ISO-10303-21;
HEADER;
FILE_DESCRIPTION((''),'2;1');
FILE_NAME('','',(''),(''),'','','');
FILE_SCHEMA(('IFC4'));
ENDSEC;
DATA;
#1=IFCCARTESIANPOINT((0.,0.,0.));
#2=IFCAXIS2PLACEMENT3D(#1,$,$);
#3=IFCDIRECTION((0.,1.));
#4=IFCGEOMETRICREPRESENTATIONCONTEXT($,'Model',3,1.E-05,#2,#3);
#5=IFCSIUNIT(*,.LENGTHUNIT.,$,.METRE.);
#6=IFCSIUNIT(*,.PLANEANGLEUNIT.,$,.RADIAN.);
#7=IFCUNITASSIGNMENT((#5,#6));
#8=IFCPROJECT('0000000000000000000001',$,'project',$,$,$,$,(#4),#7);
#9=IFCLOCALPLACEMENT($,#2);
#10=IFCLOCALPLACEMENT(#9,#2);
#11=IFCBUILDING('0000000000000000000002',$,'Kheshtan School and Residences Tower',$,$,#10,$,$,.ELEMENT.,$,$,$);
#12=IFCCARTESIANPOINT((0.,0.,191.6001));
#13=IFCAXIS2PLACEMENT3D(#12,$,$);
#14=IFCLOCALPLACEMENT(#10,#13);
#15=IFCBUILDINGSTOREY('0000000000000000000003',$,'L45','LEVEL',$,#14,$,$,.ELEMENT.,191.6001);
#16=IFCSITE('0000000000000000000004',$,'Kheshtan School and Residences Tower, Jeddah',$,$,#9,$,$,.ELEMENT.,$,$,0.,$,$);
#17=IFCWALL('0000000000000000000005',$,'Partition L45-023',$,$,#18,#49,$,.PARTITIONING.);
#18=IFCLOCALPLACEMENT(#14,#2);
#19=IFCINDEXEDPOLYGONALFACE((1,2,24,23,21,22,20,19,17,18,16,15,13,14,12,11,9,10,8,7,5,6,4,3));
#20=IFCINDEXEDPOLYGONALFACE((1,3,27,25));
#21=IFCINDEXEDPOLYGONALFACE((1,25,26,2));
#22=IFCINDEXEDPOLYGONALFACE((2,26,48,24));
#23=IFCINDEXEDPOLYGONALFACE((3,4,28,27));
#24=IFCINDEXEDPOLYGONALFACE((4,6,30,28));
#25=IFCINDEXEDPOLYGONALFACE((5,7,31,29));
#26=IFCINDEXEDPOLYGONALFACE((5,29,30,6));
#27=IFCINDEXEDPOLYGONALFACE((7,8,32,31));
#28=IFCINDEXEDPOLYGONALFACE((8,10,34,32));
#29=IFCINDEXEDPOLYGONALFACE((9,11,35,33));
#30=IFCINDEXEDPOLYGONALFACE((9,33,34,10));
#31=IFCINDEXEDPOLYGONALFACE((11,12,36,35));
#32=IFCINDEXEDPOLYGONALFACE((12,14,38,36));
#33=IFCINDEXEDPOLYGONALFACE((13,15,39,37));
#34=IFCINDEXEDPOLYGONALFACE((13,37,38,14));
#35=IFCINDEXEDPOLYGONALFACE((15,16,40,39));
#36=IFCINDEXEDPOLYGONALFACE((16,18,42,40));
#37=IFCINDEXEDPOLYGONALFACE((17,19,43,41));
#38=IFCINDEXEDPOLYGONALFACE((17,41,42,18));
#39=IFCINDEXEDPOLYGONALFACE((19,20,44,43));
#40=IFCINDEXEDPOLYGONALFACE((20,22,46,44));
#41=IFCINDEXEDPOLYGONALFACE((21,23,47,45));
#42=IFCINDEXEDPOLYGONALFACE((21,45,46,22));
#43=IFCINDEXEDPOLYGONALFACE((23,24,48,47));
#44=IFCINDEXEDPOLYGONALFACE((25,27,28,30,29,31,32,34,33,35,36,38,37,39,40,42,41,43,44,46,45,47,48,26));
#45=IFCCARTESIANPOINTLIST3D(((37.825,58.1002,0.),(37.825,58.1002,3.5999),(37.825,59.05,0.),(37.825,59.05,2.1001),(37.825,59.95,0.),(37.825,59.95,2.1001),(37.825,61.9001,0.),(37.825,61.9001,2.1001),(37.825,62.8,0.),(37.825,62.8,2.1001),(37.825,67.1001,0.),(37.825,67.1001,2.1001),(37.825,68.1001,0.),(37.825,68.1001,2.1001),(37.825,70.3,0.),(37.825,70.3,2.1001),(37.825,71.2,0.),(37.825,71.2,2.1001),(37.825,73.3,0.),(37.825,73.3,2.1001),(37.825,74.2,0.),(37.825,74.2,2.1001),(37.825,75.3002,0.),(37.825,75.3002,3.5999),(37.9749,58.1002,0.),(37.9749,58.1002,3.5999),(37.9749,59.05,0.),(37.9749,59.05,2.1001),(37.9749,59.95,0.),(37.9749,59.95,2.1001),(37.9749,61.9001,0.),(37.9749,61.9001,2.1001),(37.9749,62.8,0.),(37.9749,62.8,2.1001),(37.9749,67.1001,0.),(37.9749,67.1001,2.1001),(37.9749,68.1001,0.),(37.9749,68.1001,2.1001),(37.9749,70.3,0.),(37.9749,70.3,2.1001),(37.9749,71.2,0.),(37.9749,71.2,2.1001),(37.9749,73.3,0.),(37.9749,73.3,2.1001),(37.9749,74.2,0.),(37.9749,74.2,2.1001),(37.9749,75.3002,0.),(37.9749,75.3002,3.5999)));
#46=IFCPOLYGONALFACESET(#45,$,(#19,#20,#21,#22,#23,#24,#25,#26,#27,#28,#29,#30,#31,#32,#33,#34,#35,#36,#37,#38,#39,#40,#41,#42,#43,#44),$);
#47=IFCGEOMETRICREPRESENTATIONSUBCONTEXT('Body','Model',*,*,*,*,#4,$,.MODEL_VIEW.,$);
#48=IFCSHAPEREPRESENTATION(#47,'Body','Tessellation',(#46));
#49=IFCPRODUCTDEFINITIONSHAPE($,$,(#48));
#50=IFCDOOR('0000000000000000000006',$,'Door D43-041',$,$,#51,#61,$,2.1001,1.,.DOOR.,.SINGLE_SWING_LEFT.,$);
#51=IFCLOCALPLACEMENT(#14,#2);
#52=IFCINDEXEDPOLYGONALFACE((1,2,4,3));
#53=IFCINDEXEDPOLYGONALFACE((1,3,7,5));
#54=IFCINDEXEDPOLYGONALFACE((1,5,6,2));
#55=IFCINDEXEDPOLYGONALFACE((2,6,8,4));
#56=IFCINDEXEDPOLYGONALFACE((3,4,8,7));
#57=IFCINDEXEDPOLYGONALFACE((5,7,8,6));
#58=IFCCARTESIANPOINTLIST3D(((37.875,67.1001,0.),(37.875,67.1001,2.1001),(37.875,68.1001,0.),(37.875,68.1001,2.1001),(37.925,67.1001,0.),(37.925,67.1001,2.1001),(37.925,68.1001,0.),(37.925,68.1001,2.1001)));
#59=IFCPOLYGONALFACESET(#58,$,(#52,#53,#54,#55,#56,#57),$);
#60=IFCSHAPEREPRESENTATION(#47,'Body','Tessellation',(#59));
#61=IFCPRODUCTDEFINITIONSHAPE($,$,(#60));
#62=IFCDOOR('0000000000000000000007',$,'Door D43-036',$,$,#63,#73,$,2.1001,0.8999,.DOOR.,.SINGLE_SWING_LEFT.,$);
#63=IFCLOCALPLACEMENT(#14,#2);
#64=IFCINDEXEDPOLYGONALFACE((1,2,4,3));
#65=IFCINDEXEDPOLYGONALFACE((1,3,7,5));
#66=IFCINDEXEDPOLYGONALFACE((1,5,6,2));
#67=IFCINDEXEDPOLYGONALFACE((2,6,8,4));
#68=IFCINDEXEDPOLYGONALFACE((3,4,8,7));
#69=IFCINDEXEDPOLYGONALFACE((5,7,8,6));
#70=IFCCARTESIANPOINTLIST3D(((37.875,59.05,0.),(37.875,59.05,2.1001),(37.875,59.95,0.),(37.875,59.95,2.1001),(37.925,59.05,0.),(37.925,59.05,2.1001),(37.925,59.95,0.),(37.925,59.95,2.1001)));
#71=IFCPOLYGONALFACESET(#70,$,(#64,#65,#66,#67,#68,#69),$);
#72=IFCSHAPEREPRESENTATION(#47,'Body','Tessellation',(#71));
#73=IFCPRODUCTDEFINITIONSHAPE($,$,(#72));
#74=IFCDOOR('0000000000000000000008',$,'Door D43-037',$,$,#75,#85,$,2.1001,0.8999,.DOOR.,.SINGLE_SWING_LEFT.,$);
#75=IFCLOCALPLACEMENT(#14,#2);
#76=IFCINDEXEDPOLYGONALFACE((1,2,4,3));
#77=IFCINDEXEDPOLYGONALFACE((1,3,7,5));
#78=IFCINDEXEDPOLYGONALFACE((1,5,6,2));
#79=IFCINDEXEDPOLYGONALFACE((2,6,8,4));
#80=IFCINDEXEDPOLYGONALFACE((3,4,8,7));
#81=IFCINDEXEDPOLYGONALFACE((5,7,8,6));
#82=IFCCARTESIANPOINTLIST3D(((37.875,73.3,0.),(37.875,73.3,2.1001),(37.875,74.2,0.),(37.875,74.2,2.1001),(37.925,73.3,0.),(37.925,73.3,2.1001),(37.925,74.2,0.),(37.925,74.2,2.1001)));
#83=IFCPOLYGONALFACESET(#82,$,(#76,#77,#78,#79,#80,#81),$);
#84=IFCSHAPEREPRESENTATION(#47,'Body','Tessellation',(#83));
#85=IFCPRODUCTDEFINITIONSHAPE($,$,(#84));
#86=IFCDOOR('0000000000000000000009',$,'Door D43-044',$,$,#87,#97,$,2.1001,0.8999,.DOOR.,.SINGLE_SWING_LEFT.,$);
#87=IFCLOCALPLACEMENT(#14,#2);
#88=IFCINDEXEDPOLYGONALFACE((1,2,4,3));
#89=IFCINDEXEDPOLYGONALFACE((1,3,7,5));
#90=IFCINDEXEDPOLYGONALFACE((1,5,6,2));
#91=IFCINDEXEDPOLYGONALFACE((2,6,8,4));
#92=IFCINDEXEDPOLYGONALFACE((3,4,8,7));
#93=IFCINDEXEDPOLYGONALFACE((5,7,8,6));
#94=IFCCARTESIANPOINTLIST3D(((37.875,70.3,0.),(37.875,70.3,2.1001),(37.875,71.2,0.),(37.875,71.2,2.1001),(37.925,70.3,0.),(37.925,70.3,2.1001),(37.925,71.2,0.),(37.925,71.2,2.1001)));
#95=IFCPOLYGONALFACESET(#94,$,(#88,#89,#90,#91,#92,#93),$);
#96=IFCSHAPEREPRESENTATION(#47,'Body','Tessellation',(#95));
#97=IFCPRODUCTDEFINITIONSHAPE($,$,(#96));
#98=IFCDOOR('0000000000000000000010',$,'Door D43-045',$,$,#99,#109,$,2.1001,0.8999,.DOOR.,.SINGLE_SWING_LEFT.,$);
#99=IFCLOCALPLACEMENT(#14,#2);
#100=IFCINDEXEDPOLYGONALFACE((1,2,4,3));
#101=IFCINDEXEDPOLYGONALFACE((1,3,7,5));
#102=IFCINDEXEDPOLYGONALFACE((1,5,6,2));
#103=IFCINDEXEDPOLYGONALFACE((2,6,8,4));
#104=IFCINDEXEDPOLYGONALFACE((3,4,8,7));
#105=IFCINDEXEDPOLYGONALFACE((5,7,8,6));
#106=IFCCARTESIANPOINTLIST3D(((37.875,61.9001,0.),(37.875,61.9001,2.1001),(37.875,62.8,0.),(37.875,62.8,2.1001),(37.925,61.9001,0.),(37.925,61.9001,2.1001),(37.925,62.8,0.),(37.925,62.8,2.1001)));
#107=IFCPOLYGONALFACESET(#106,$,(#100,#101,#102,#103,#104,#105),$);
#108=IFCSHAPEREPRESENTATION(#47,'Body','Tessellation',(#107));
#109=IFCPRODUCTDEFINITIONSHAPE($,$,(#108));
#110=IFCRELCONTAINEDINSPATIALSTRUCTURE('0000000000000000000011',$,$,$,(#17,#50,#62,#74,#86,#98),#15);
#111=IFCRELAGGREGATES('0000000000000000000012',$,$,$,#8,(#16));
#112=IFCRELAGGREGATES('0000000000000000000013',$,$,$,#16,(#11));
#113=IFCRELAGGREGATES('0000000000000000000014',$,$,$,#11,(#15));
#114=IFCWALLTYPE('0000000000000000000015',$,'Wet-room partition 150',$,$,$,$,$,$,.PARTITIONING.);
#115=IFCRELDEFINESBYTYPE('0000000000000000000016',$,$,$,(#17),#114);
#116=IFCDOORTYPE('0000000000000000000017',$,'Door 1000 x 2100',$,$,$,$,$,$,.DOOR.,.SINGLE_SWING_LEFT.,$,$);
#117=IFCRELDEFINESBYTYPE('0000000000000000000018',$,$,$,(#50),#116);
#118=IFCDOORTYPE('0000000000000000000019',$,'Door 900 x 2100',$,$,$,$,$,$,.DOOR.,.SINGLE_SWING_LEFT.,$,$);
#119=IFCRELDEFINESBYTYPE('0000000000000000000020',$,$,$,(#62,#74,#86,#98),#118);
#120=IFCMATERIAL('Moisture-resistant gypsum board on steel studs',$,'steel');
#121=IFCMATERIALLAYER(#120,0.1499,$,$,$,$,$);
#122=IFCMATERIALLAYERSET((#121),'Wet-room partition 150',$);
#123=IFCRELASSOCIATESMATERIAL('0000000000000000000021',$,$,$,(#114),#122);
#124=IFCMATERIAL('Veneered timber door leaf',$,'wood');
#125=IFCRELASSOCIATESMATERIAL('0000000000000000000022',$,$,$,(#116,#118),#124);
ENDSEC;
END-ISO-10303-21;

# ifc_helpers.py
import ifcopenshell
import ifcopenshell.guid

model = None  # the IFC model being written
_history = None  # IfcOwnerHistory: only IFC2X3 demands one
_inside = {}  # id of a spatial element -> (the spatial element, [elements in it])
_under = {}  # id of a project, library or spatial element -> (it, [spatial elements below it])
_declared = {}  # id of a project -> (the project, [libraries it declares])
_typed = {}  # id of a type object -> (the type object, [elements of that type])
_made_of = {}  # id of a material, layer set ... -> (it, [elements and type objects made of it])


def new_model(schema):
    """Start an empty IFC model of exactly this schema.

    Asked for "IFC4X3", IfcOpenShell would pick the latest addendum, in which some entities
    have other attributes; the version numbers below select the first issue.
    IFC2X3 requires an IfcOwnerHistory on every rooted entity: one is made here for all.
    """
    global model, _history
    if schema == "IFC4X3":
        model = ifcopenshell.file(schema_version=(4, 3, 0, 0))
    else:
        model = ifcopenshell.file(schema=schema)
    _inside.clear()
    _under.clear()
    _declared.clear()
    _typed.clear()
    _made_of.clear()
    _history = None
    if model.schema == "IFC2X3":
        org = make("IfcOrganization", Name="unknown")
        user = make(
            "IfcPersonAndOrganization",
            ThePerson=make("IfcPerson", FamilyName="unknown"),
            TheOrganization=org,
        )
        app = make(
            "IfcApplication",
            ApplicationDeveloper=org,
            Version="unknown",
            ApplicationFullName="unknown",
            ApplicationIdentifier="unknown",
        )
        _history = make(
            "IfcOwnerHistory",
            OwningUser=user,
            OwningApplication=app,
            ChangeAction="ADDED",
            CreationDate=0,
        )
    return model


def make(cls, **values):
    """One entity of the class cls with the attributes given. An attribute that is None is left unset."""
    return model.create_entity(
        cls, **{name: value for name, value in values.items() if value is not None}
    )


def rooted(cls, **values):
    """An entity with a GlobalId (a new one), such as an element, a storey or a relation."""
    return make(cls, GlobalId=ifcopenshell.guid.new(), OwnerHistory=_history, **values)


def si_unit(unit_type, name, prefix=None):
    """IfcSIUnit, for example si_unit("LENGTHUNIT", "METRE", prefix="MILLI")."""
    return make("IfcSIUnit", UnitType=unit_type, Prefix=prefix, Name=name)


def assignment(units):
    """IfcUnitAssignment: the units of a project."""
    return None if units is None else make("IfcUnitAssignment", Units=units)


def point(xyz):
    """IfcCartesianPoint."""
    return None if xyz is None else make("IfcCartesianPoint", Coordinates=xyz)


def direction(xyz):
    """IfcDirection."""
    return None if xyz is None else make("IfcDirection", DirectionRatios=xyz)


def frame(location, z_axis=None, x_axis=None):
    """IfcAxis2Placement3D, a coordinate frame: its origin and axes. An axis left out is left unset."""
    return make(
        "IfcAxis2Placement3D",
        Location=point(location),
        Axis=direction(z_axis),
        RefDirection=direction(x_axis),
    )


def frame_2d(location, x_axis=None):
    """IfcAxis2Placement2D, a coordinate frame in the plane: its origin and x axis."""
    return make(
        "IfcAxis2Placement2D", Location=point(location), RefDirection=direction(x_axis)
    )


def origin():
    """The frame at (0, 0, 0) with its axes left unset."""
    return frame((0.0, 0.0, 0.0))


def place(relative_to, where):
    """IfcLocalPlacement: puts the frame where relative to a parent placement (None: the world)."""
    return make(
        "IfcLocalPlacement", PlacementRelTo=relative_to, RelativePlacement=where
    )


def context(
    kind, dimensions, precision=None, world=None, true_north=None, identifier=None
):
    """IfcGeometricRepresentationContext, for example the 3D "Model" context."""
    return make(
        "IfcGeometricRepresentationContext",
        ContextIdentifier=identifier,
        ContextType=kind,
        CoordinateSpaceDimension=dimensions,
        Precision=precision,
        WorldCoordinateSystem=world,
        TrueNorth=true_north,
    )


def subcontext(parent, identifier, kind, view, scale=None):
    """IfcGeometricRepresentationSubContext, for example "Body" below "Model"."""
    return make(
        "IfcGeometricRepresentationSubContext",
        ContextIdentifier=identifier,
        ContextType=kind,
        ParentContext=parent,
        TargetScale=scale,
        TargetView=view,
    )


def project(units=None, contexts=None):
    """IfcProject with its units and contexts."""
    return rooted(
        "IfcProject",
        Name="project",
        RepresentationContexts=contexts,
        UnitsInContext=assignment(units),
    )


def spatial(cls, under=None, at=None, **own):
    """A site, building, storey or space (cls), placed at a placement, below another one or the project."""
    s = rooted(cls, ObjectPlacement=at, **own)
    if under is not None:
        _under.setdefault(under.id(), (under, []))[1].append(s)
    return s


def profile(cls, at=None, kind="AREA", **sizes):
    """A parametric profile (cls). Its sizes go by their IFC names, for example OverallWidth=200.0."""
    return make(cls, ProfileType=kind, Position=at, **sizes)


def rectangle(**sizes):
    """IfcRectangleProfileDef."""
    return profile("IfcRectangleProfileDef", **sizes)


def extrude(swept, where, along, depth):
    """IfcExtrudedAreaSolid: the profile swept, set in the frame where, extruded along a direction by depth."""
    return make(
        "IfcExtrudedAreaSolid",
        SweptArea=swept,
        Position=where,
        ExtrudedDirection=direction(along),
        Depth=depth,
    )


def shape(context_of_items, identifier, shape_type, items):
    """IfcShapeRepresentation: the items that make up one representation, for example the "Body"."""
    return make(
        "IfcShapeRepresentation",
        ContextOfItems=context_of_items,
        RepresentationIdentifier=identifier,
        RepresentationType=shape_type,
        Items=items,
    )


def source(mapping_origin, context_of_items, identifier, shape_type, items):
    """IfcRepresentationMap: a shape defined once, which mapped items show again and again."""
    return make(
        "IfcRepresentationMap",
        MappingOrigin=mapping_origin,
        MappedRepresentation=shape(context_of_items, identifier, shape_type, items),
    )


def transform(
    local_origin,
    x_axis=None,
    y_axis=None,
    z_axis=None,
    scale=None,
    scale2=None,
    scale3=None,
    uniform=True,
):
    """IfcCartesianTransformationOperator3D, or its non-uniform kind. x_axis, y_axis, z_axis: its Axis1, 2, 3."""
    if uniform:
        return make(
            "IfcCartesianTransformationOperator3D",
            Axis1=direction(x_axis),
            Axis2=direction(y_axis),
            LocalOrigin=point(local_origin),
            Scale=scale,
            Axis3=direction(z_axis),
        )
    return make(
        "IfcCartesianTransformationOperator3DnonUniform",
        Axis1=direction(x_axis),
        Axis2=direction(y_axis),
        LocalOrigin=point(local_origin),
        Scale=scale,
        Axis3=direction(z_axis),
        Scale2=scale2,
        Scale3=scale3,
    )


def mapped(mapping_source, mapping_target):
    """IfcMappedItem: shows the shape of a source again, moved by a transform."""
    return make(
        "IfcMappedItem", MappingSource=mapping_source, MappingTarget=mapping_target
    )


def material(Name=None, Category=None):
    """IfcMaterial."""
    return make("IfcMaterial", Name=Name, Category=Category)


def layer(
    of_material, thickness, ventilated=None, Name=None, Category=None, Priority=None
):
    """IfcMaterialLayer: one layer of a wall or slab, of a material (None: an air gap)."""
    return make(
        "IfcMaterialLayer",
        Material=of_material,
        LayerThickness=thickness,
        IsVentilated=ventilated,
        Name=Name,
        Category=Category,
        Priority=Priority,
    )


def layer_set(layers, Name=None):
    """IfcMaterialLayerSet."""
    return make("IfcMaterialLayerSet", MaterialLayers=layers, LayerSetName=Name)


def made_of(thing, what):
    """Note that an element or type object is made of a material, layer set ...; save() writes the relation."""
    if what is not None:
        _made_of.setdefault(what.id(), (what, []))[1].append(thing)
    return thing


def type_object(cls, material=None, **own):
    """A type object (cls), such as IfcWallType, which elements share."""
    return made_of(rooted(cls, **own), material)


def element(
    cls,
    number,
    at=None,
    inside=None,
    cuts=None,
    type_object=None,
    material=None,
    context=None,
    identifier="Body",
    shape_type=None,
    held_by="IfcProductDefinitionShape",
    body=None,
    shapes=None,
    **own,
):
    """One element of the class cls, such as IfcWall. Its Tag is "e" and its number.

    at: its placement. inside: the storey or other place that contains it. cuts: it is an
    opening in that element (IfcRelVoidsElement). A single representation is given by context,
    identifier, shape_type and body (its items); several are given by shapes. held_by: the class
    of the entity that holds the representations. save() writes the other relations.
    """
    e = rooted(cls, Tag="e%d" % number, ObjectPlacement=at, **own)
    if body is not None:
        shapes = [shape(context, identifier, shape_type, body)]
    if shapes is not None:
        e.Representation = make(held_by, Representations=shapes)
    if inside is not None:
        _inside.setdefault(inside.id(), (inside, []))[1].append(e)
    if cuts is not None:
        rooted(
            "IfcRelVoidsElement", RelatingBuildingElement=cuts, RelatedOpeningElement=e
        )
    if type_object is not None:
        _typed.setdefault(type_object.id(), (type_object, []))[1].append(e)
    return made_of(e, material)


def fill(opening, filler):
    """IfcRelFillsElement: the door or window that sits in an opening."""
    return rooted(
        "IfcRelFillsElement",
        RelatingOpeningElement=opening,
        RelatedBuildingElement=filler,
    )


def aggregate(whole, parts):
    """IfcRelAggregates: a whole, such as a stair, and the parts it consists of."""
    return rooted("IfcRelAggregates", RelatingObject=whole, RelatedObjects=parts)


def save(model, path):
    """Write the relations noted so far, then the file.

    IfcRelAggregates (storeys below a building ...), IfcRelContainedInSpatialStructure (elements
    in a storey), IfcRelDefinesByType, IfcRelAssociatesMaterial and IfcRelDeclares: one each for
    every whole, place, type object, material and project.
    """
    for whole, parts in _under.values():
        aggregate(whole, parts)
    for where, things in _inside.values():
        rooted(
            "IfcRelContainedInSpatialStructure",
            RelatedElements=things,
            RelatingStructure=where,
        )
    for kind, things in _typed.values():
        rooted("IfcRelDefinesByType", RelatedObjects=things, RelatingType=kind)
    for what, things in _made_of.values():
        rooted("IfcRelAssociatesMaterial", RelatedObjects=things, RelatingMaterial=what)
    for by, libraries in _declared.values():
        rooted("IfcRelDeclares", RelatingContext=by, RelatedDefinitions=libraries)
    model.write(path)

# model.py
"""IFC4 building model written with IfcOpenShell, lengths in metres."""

from ifc_helpers import new_model, si_unit, direction, frame, frame_2d, origin, place, context, subcontext, project, spatial, rectangle, extrude, source, transform, mapped, material, layer, layer_set, type_object, element, fill, save


model = new_model("IFC4")

# Units and contexts
model_context = context("Model", 3, precision=1e-05, world=origin(), true_north=direction((0.0, 1.0)))
body_context = subcontext(model_context, "Body", "Model", "MODEL_VIEW")
ifc_project = project(units=[si_unit("LENGTHUNIT", "METRE"), si_unit("PLANEANGLEUNIT", "RADIAN")], contexts=[model_context])

# Site, building, storey
site_placement = place(None, origin())
site = spatial("IfcSite", under=ifc_project, at=site_placement, Name="Kheshtan School and Residences Tower, Jeddah", CompositionType="ELEMENT", RefElevation=0.0)
building_placement = place(site_placement, origin())
building = spatial("IfcBuilding", under=site, at=building_placement, Name="Kheshtan School and Residences Tower", CompositionType="ELEMENT")
storey_placement = place(building_placement, frame((0.0, 0.0, 191.6001)))
storey = spatial("IfcBuildingStorey", under=building, at=storey_placement, Name="L45", Description="LEVEL", CompositionType="ELEMENT", Elevation=191.6001)

# Wall, openings, doors
ifc_material_1 = material(Name="Moisture-resistant gypsum board on steel studs", Category="steel")
ifc_layer_1 = layer(ifc_material_1, 0.1499)
ifc_layer_set_1 = layer_set([ifc_layer_1], Name="Wet-room partition 150")
wall_type_1 = type_object("IfcWallType", Name="Wet-room partition 150", PredefinedType="PARTITIONING", material=ifc_layer_set_1)
wall_1_placement = place(storey_placement, frame((37.8999, 58.1001, 0.0), z_axis=(0.0, 0.0, 1.0), x_axis=(0.0, 1.0, 0.0)))
wall_1 = element("IfcWall", 1, at=wall_1_placement, inside=storey, type_object=wall_type_1, Name="Partition L45-023", PredefinedType="PARTITIONING", context=body_context, shape_type="SweptSolid", body=[
    extrude(rectangle(XDim=17.2, YDim=0.1499, at=frame_2d((8.6001, 0.0))), origin(), (0.0, 0.0, 1.0), 3.5999),
])
opening_1_placement = place(wall_1_placement, frame((0.95, 0.0, 0.0)))
opening_1 = element("IfcOpeningElement", 2, at=opening_1_placement, cuts=wall_1, PredefinedType="OPENING", context=body_context, shape_type="SweptSolid", body=[
    extrude(rectangle(XDim=0.8999, YDim=2.1001, at=frame_2d((0.45, 1.05))), frame((0.0, 0.085, 0.0), z_axis=(0.0, -1.0, 0.0), x_axis=(1.0, 0.0, 0.0)), (0.0, 0.0, 1.0), 0.1699),
])
opening_2_placement = place(wall_1_placement, frame((15.2, 0.0, 0.0)))
opening_2 = element("IfcOpeningElement", 3, at=opening_2_placement, cuts=wall_1, PredefinedType="OPENING", context=body_context, shape_type="SweptSolid", body=[
    extrude(rectangle(XDim=0.8999, YDim=2.1001, at=frame_2d((0.45, 1.05))), frame((0.0, 0.085, 0.0), z_axis=(0.0, -1.0, 0.0), x_axis=(1.0, 0.0, 0.0)), (0.0, 0.0, 1.0), 0.1699),
])
opening_3_placement = place(wall_1_placement, frame((9.0, 0.0, 0.0)))
opening_3 = element("IfcOpeningElement", 4, at=opening_3_placement, cuts=wall_1, PredefinedType="OPENING", context=body_context, shape_type="SweptSolid", body=[
    extrude(rectangle(XDim=1.0, YDim=2.1001, at=frame_2d((0.5, 1.05))), frame((0.0, 0.085, 0.0), z_axis=(0.0, -1.0, 0.0), x_axis=(1.0, 0.0, 0.0)), (0.0, 0.0, 1.0), 0.1699),
])
opening_4_placement = place(wall_1_placement, frame((12.2, 0.0, 0.0)))
opening_4 = element("IfcOpeningElement", 5, at=opening_4_placement, cuts=wall_1, PredefinedType="OPENING", context=body_context, shape_type="SweptSolid", body=[
    extrude(rectangle(XDim=0.8999, YDim=2.1001, at=frame_2d((0.45, 1.05))), frame((0.0, 0.085, 0.0), z_axis=(0.0, -1.0, 0.0), x_axis=(1.0, 0.0, 0.0)), (0.0, 0.0, 1.0), 0.1699),
])
opening_5_placement = place(wall_1_placement, frame((3.8, 0.0, 0.0)))
opening_5 = element("IfcOpeningElement", 6, at=opening_5_placement, cuts=wall_1, PredefinedType="OPENING", context=body_context, shape_type="SweptSolid", body=[
    extrude(rectangle(XDim=0.8999, YDim=2.1001, at=frame_2d((0.45, 1.05))), frame((0.0, 0.085, 0.0), z_axis=(0.0, -1.0, 0.0), x_axis=(1.0, 0.0, 0.0)), (0.0, 0.0, 1.0), 0.1699),
])
ifc_material_2 = material(Name="Veneered timber door leaf", Category="wood")
door_type_1 = type_object("IfcDoorType", Name="Door 1000 x 2100", OperationType="SINGLE_SWING_LEFT", PredefinedType="DOOR", material=ifc_material_2)
shared_shape_1 = source(origin(), body_context, "Body", "SweptSolid", [
    extrude(rectangle(XDim=1.0, YDim=2.1001, at=frame_2d((0.5, 1.05))), frame((0.0, 0.0249, 0.0), z_axis=(0.0, -1.0, 0.0), x_axis=(1.0, 0.0, 0.0)), (0.0, 0.0, 1.0), 0.05),
])
door_1_placement = place(opening_3_placement, origin())
door_1 = element("IfcDoor", 7, at=door_1_placement, inside=storey, type_object=door_type_1, Name="Door D43-041", OperationType="SINGLE_SWING_LEFT", OverallHeight=2.1001, OverallWidth=1.0, PredefinedType="DOOR", context=body_context, shape_type="MappedRepresentation", body=[
    mapped(shared_shape_1, transform((0.0, 0.0, 0.0), x_axis=(1.0, 0.0, 0.0), y_axis=(0.0, 1.0, 0.0), z_axis=(0.0, 0.0, 1.0), scale=1.0)),
])
fill(opening_3, door_1)
door_type_2 = type_object("IfcDoorType", Name="Door 900 x 2100", OperationType="SINGLE_SWING_LEFT", PredefinedType="DOOR", material=ifc_material_2)
shared_shape_2 = source(origin(), body_context, "Body", "SweptSolid", [
    extrude(rectangle(XDim=0.8999, YDim=2.1001, at=frame_2d((0.45, 1.05))), frame((0.0, 0.0249, 0.0), z_axis=(0.0, -1.0, 0.0), x_axis=(1.0, 0.0, 0.0)), (0.0, 0.0, 1.0), 0.05),
])
door_2_placement = place(opening_1_placement, origin())
door_2 = element("IfcDoor", 8, at=door_2_placement, inside=storey, type_object=door_type_2, Name="Door D43-036", OperationType="SINGLE_SWING_LEFT", OverallHeight=2.1001, OverallWidth=0.8999, PredefinedType="DOOR", context=body_context, shape_type="MappedRepresentation", body=[
    mapped(shared_shape_2, transform((0.0, 0.0, 0.0), x_axis=(1.0, 0.0, 0.0), y_axis=(0.0, 1.0, 0.0), z_axis=(0.0, 0.0, 1.0), scale=1.0)),
])
fill(opening_1, door_2)
door_3_placement = place(opening_2_placement, origin())
door_3 = element("IfcDoor", 9, at=door_3_placement, inside=storey, type_object=door_type_2, Name="Door D43-037", OperationType="SINGLE_SWING_LEFT", OverallHeight=2.1001, OverallWidth=0.8999, PredefinedType="DOOR", context=body_context, shape_type="MappedRepresentation", body=[
    mapped(shared_shape_2, transform((0.0, 0.0, 0.0), x_axis=(1.0, 0.0, 0.0), y_axis=(0.0, 1.0, 0.0), z_axis=(0.0, 0.0, 1.0), scale=1.0)),
])
fill(opening_2, door_3)
door_4_placement = place(opening_4_placement, origin())
door_4 = element("IfcDoor", 10, at=door_4_placement, inside=storey, type_object=door_type_2, Name="Door D43-044", OperationType="SINGLE_SWING_LEFT", OverallHeight=2.1001, OverallWidth=0.8999, PredefinedType="DOOR", context=body_context, shape_type="MappedRepresentation", body=[
    mapped(shared_shape_2, transform((0.0, 0.0, 0.0), x_axis=(1.0, 0.0, 0.0), y_axis=(0.0, 1.0, 0.0), z_axis=(0.0, 0.0, 1.0), scale=1.0)),
])
fill(opening_4, door_4)
door_5_placement = place(opening_5_placement, origin())
door_5 = element("IfcDoor", 11, at=door_5_placement, inside=storey, type_object=door_type_2, Name="Door D43-045", OperationType="SINGLE_SWING_LEFT", OverallHeight=2.1001, OverallWidth=0.8999, PredefinedType="DOOR", context=body_context, shape_type="MappedRepresentation", body=[
    mapped(shared_shape_2, transform((0.0, 0.0, 0.0), x_axis=(1.0, 0.0, 0.0), y_axis=(0.0, 1.0, 0.0), z_axis=(0.0, 0.0, 1.0), scale=1.0)),
])
fill(opening_5, door_5)

save(model, "model.ifc")
